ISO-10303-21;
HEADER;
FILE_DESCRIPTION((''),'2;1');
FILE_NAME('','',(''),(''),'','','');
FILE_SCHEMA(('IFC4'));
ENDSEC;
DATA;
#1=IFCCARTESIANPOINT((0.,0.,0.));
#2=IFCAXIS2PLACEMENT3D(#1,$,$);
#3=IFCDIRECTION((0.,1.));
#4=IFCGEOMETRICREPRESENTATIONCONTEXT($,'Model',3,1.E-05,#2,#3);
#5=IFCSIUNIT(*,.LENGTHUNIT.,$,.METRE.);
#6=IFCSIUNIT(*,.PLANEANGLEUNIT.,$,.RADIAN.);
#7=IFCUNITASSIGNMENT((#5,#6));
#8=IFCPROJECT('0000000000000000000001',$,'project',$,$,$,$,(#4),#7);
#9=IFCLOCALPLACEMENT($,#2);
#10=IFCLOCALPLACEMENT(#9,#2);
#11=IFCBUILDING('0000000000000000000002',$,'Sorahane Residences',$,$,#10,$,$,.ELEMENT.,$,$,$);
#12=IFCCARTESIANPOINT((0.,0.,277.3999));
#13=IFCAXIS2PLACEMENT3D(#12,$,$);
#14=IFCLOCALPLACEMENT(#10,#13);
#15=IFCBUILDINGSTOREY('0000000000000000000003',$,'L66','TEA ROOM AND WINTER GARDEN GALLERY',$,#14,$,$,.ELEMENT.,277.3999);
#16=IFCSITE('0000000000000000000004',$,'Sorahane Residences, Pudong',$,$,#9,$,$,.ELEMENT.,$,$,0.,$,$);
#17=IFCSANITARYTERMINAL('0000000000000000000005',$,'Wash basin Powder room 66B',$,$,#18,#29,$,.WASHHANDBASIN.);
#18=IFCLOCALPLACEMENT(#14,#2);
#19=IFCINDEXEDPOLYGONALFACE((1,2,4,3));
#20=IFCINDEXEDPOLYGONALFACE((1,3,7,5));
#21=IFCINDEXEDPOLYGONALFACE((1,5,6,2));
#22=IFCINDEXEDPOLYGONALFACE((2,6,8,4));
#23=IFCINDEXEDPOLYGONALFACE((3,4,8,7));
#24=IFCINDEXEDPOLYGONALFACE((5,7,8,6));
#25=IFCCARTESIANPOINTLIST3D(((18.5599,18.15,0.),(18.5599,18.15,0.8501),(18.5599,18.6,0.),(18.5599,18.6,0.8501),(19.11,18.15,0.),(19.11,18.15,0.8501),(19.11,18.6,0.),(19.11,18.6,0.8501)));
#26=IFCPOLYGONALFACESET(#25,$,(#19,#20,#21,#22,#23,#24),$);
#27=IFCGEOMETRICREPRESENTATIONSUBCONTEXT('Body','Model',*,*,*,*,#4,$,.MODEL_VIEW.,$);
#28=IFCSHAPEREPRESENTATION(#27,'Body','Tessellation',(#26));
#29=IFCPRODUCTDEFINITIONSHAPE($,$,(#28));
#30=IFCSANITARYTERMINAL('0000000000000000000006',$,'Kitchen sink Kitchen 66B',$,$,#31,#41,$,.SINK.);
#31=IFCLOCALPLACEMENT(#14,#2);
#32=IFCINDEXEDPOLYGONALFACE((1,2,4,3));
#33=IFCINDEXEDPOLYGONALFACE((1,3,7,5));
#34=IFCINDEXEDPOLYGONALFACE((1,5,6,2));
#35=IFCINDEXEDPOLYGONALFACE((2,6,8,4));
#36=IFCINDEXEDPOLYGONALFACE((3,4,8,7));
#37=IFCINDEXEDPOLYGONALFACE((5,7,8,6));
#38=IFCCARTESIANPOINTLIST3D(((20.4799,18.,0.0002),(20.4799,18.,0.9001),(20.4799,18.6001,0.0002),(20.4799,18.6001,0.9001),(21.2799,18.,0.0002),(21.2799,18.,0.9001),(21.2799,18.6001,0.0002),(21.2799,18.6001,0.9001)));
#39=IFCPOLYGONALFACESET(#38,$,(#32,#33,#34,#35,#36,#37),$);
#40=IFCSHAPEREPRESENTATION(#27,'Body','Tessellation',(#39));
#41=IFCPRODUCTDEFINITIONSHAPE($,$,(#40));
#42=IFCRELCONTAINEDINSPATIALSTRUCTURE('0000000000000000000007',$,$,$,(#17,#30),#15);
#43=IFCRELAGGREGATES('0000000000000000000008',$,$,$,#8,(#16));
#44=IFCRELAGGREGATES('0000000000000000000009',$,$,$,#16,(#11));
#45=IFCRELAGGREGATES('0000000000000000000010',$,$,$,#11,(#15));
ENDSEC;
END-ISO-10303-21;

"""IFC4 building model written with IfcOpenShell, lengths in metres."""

from ifc_helpers import new_model, si_unit, direction, frame, origin, origin_2d, place, context, subcontext, project, spatial, rectangle, extrude, element, save


model = new_model("IFC4")

# Units and contexts
model_context = context("Model", 3, precision=1e-05, world=origin(), true_north=direction((0.0, 1.0)))
body_context = subcontext(model_context, "Body", "Model", "MODEL_VIEW")
ifc_project = project(units=[si_unit("LENGTHUNIT", "METRE"), si_unit("PLANEANGLEUNIT", "RADIAN")], contexts=[model_context])

# Site, building, storey
site_placement = place(None, origin())
site = spatial("IfcSite", under=ifc_project, at=site_placement, Name="Sorahane Residences, Pudong", CompositionType="ELEMENT", RefElevation=0.0)
building_placement = place(site_placement, origin())
building = spatial("IfcBuilding", under=site, at=building_placement, Name="Sorahane Residences", CompositionType="ELEMENT")
storey_placement = place(building_placement, frame((0.0, 0.0, 277.3999)))
storey = spatial("IfcBuildingStorey", under=building, at=storey_placement, Name="L66", Description="TEA ROOM AND WINTER GARDEN GALLERY", CompositionType="ELEMENT", Elevation=277.3999)

# Sanitary terminals
sanitary_terminal_1_placement = place(storey_placement, frame((18.835, 18.375, 0.0), z_axis=(0.0, 0.0, 1.0), x_axis=(1.0, 0.0, 0.0)))
element("IfcSanitaryTerminal", 1, at=sanitary_terminal_1_placement, inside=storey, Name="Wash basin Powder room 66B", PredefinedType="WASHHANDBASIN", context=body_context, shape_type="SweptSolid", body=[
    extrude(rectangle(XDim=0.55, YDim=0.45, at=origin_2d()), origin(), (0.0, 0.0, 1.0), 0.8501),
])
sanitary_terminal_2_placement = place(storey_placement, frame((20.8799, 18.3, 0.0002), z_axis=(0.0, 0.0, 1.0), x_axis=(1.0, 0.0, 0.0)))
element("IfcSanitaryTerminal", 2, at=sanitary_terminal_2_placement, inside=storey, Name="Kitchen sink Kitchen 66B", PredefinedType="SINK", context=body_context, shape_type="SweptSolid", body=[
    extrude(rectangle(XDim=0.8, YDim=0.6001, at=origin_2d()), origin(), (0.0, 0.0, 1.0), 0.8999),
])

save(model, "model.ifc")
